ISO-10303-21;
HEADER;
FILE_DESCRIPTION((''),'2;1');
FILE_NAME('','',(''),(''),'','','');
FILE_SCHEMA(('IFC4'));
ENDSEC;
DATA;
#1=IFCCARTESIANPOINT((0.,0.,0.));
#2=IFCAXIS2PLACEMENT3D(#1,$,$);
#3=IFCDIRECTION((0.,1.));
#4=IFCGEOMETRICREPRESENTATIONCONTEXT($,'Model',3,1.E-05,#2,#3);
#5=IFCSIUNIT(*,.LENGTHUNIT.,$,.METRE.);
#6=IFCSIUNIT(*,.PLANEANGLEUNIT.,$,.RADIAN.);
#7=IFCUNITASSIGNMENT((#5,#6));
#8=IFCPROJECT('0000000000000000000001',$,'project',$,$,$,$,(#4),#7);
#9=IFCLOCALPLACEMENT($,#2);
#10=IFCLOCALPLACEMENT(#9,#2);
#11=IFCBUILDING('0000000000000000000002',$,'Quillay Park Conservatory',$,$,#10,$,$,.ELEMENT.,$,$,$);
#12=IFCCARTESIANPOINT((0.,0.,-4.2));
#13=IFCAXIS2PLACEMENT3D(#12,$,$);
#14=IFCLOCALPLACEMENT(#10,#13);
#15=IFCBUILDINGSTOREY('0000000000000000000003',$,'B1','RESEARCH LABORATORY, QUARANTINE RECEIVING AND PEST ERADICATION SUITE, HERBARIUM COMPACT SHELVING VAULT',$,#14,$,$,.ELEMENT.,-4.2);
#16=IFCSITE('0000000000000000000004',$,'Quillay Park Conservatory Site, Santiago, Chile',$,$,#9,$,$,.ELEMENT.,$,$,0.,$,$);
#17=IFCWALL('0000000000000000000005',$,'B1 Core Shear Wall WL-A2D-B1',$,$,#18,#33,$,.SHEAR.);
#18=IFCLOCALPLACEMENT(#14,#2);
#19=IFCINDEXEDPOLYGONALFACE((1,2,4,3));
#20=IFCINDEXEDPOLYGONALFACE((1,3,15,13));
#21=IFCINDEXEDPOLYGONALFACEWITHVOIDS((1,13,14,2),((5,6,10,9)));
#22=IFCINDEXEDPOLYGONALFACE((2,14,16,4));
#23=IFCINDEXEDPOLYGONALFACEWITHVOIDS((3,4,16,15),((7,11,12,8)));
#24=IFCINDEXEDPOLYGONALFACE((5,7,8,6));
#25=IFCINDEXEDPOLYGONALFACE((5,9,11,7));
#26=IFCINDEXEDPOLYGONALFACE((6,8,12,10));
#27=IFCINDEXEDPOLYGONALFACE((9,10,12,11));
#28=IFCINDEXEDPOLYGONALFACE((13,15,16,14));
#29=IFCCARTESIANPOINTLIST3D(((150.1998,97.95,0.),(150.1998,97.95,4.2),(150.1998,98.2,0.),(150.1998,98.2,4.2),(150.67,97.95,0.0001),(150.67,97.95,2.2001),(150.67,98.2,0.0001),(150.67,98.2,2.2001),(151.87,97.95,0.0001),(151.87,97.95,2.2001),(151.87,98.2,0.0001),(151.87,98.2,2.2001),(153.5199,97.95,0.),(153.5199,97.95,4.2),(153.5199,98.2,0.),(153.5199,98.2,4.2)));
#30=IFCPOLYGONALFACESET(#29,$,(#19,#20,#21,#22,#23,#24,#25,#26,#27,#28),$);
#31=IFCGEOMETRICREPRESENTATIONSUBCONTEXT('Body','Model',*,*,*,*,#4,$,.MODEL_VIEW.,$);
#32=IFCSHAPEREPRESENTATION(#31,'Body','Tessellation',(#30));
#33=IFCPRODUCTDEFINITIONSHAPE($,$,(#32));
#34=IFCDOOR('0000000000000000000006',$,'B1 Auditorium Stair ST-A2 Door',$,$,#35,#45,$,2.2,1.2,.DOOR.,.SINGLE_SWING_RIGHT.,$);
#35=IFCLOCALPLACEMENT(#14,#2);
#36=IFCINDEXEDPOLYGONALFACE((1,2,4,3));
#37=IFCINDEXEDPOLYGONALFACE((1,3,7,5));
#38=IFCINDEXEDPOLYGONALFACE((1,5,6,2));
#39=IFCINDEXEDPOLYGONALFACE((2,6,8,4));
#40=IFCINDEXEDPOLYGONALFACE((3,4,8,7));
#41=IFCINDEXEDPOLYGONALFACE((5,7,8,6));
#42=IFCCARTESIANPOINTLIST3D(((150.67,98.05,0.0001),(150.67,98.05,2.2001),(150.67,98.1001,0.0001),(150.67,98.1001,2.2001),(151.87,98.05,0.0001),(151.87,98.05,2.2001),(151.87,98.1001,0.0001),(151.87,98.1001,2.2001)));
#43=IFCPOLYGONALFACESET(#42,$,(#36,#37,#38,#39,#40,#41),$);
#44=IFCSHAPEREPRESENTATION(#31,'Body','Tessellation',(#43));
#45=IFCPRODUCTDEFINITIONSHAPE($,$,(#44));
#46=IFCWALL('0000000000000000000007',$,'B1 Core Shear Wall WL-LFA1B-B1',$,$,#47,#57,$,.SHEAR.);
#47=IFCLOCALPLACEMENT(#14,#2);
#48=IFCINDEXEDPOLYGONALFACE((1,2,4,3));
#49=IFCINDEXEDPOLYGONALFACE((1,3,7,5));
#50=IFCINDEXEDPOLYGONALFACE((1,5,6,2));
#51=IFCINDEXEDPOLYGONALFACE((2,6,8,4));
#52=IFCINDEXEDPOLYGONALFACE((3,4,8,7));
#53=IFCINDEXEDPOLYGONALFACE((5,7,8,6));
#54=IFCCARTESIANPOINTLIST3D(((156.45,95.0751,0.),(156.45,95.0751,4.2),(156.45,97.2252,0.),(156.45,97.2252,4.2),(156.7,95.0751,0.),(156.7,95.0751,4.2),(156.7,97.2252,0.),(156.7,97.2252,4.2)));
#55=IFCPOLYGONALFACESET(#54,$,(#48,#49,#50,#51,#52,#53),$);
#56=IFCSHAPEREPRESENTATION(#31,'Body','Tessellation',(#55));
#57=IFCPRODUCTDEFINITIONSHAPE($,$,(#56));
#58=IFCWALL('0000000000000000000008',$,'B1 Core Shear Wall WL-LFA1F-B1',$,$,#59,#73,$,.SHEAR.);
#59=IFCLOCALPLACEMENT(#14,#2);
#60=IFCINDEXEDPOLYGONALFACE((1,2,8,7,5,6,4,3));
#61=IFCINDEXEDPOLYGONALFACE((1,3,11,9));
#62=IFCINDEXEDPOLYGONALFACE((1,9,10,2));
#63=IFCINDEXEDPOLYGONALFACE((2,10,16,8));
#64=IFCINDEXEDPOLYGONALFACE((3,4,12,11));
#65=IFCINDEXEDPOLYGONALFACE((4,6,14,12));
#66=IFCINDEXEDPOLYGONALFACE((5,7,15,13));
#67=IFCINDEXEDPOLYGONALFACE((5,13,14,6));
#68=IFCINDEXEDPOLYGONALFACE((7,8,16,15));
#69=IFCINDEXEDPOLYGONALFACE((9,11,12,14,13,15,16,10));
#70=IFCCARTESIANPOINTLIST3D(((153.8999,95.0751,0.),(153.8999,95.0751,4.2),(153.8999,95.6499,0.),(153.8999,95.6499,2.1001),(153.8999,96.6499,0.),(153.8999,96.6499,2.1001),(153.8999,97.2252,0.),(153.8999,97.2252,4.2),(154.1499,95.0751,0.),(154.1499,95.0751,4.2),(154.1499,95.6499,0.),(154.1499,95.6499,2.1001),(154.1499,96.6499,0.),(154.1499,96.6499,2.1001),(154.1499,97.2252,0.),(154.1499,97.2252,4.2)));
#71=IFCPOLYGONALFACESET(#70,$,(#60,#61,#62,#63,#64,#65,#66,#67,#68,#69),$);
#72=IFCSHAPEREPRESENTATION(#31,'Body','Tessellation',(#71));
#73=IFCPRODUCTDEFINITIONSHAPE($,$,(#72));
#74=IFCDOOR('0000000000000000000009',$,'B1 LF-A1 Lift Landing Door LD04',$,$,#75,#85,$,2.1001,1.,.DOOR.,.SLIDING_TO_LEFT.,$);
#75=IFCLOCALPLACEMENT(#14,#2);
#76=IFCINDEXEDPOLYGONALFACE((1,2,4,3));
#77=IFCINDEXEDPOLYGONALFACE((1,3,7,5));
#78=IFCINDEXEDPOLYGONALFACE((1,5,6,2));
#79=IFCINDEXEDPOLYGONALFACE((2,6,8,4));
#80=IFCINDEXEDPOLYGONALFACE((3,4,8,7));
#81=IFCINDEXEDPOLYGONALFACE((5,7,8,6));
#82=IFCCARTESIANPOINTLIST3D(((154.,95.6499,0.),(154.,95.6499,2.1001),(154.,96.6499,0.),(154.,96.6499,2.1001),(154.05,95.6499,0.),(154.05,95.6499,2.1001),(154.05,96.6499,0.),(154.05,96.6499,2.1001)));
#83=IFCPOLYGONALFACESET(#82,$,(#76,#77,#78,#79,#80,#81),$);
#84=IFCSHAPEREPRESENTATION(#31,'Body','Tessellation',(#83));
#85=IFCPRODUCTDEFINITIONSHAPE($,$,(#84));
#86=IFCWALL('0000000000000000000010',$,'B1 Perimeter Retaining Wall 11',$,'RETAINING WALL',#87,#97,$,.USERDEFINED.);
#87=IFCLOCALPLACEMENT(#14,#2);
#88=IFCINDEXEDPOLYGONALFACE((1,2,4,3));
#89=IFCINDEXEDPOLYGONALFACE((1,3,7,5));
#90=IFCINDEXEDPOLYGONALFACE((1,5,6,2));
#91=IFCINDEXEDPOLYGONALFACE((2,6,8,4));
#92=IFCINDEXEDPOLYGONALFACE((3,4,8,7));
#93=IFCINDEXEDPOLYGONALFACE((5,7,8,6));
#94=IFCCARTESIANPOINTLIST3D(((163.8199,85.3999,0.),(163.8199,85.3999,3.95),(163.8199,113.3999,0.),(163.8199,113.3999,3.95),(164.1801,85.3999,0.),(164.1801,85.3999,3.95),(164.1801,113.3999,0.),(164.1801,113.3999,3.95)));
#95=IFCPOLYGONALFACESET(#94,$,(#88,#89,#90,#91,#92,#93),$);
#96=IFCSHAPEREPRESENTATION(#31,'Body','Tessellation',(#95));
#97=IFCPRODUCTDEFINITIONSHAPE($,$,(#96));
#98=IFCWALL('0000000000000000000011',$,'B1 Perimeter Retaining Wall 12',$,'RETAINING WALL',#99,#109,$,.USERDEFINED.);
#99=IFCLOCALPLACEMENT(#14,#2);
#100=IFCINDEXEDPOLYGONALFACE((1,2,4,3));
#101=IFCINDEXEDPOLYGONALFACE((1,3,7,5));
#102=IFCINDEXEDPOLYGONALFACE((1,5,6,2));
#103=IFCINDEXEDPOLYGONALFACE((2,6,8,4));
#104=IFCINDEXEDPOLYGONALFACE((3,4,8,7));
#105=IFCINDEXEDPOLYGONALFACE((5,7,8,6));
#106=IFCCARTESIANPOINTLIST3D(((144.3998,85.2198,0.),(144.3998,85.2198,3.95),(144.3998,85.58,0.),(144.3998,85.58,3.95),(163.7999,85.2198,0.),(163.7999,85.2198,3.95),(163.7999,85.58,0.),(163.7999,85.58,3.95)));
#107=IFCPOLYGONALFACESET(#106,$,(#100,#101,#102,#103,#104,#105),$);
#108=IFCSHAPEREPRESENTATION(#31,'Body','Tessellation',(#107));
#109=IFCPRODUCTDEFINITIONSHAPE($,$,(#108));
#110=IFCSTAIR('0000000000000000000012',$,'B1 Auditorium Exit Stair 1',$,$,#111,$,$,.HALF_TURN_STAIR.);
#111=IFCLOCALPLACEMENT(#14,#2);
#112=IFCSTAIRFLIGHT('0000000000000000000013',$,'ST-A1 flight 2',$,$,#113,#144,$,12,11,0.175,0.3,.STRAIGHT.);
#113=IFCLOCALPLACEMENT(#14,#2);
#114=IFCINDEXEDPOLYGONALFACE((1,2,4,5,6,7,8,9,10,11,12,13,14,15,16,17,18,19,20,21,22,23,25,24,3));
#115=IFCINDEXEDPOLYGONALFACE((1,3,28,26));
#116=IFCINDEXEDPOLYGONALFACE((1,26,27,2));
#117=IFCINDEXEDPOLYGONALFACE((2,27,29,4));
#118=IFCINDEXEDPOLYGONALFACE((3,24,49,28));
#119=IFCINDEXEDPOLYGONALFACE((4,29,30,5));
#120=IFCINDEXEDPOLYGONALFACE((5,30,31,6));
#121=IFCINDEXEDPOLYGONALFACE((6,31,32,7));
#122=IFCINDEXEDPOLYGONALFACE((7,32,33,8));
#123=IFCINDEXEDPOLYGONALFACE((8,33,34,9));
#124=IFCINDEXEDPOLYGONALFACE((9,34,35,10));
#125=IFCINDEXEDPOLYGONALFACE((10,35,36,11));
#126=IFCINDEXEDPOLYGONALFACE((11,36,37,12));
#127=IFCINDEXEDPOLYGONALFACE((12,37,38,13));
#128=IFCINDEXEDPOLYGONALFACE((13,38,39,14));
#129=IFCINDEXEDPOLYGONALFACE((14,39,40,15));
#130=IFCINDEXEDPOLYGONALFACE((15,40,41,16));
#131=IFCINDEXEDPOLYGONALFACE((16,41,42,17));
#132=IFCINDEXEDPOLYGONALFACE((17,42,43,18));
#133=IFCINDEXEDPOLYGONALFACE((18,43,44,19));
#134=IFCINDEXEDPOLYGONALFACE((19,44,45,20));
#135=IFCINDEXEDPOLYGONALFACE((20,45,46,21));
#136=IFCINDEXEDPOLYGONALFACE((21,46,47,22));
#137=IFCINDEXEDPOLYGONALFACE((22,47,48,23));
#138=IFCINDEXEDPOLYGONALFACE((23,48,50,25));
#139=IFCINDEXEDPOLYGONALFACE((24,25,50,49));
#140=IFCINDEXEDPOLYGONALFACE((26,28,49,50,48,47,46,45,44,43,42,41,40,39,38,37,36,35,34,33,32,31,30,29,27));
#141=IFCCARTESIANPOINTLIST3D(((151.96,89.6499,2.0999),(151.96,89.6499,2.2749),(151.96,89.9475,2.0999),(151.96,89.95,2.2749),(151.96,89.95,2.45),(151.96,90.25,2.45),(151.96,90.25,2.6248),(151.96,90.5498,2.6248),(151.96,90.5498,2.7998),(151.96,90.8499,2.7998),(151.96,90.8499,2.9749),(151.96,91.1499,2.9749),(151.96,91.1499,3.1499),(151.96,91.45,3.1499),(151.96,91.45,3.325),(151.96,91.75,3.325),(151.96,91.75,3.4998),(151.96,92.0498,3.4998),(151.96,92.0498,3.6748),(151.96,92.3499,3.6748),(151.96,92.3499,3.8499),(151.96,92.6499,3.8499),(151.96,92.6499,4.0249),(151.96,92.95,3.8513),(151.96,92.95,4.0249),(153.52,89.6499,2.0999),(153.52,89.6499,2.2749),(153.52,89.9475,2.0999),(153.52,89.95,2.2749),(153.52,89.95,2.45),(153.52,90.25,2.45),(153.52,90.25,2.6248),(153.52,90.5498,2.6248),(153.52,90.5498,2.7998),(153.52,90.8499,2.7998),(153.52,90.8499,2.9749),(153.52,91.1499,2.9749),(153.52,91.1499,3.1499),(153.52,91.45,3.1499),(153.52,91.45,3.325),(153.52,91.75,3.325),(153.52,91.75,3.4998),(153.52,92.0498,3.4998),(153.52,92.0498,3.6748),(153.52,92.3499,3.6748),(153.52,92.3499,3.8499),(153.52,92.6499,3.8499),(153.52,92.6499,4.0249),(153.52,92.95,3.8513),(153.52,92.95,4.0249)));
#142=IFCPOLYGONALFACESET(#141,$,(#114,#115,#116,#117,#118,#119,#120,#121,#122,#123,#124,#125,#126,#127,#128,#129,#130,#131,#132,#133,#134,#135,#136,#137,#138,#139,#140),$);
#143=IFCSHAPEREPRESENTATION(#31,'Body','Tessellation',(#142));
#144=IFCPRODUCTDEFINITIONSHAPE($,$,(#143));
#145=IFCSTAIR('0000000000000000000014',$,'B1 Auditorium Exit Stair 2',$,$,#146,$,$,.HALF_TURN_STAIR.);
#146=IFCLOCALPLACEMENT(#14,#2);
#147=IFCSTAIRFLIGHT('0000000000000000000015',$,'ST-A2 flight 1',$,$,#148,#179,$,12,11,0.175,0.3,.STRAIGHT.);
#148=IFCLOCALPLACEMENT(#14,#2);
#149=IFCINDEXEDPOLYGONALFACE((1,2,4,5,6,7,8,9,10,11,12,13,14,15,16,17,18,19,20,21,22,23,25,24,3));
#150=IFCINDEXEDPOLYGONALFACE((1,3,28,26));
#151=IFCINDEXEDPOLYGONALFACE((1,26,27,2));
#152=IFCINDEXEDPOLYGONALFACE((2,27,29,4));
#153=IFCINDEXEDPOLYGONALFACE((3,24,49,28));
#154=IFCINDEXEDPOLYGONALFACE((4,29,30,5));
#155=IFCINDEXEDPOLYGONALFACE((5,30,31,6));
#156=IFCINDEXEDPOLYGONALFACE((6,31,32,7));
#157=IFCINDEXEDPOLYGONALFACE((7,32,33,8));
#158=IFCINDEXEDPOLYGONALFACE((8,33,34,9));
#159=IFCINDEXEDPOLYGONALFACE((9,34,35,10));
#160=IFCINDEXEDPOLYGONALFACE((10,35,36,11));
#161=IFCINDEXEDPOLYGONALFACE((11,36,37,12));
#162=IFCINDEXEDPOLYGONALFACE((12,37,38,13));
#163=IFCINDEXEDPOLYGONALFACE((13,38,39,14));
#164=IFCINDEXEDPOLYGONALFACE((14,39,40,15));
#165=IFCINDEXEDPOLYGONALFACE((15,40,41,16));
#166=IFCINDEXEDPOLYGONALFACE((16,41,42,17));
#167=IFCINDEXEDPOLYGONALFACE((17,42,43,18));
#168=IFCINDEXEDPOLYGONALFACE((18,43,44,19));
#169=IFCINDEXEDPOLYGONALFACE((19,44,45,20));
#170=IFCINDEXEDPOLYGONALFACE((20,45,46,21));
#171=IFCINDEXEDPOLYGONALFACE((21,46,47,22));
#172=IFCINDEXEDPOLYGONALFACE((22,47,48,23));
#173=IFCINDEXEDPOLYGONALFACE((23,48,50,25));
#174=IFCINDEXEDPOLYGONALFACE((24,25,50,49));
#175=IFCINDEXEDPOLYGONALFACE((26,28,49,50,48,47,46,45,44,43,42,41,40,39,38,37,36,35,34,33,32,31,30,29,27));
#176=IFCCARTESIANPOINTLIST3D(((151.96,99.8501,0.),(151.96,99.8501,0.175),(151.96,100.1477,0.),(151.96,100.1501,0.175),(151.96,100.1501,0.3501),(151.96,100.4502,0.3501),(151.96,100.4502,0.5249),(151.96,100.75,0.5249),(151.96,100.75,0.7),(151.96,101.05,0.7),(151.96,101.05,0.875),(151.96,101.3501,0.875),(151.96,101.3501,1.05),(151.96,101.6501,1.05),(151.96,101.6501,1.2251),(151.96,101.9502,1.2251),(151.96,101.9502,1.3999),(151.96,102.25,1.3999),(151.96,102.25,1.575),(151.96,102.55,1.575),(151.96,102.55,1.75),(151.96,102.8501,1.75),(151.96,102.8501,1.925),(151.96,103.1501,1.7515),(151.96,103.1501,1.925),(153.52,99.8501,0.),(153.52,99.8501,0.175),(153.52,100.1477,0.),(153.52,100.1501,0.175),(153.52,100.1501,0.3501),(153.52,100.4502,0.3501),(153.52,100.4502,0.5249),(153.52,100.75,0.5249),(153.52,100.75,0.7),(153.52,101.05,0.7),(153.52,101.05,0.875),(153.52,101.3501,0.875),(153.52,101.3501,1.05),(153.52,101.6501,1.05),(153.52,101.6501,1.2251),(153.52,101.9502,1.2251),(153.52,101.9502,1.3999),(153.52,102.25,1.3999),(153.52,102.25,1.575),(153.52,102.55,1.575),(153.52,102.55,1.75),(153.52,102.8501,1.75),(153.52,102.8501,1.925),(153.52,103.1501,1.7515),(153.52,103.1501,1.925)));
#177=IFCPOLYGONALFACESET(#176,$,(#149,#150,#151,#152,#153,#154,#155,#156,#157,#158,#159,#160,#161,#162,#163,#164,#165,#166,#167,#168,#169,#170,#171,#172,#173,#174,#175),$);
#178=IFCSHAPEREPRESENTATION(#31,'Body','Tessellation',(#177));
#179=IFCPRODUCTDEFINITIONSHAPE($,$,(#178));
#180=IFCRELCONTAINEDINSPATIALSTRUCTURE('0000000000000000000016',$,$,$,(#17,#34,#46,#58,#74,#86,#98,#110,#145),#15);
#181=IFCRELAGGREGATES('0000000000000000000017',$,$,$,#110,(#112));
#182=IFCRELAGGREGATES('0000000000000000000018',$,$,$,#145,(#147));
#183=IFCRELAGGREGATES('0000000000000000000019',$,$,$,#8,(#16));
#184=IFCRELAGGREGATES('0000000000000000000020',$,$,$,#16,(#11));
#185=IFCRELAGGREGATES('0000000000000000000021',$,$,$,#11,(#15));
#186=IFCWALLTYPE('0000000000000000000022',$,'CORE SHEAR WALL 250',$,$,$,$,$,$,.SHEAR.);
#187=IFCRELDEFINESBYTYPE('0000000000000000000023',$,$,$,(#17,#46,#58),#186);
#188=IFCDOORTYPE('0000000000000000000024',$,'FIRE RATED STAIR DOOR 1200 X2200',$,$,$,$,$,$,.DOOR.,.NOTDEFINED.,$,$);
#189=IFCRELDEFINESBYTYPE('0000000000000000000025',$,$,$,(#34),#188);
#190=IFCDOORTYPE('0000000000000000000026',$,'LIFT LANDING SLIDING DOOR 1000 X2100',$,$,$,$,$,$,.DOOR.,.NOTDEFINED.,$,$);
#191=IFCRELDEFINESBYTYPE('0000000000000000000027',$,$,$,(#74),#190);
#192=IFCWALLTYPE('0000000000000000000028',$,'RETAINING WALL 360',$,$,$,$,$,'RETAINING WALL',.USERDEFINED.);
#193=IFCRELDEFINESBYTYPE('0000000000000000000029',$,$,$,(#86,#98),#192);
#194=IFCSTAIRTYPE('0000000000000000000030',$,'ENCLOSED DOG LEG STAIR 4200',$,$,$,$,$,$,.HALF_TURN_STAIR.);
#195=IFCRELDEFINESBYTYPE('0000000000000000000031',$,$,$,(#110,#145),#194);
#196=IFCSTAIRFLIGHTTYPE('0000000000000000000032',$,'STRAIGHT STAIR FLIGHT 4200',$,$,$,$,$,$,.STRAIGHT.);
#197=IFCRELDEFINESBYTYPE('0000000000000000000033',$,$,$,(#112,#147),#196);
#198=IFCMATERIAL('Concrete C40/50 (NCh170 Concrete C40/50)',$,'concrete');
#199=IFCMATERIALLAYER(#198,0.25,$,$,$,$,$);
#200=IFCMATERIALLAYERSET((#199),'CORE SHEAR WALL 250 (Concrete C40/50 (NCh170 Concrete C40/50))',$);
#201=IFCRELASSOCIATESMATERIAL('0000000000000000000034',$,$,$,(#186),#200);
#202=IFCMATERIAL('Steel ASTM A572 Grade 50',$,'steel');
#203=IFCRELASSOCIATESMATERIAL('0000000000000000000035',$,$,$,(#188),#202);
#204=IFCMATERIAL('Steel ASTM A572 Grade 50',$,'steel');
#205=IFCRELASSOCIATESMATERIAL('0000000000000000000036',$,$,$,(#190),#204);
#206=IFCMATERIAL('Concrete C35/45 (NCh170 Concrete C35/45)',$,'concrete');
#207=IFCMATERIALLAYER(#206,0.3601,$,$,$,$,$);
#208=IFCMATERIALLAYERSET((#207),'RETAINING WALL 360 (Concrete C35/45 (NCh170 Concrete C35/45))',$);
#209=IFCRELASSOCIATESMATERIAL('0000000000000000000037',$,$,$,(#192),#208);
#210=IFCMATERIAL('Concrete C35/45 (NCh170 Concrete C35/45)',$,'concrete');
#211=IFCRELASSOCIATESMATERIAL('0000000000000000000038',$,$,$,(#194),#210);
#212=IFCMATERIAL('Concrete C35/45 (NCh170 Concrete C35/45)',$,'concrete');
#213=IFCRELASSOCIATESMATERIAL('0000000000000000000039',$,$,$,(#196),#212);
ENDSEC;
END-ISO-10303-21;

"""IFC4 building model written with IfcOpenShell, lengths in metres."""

from ifc_helpers import new_model, si_unit, direction, frame, frame_2d, origin, place, context, subcontext, project, spatial, polyline, rectangle, outline, extrude, material, layer, layer_set, type_object, element, fill, aggregate, save


model = new_model("IFC4")

# Units and contexts
model_context = context("Model", 3, precision=1e-05, world=origin(), true_north=direction((0.0, 1.0)))
body_context = subcontext(model_context, "Body", "Model", "MODEL_VIEW")
ifc_project = project(units=[si_unit("LENGTHUNIT", "METRE"), si_unit("PLANEANGLEUNIT", "RADIAN")], contexts=[model_context])

# Site, building, storey
site_placement = place(None, origin())
site = spatial("IfcSite", under=ifc_project, at=site_placement, Name="Quillay Park Conservatory Site, Santiago, Chile", CompositionType="ELEMENT", RefElevation=0.0)
building_placement = place(site_placement, origin())
building = spatial("IfcBuilding", under=site, at=building_placement, Name="Quillay Park Conservatory", CompositionType="ELEMENT")
storey_placement = place(building_placement, frame((0.0, 0.0, -4.2)))
storey = spatial("IfcBuildingStorey", under=building, at=storey_placement, Name="B1", Description="RESEARCH LABORATORY, QUARANTINE RECEIVING AND PEST ERADICATION SUITE, HERBARIUM COMPACT SHELVING VAULT", CompositionType="ELEMENT", Elevation=-4.2)

# Shared definitions
ifc_material_1 = material(Name="Concrete C40/50 (NCh170 Concrete C40/50)", Category="concrete")
ifc_layer_1 = layer(ifc_material_1, 0.25)
ifc_layer_set_1 = layer_set([ifc_layer_1], Name="CORE SHEAR WALL 250 (Concrete C40/50 (NCh170 Concrete C40/50))")
wall_type_1 = type_object("IfcWallType", Name="CORE SHEAR WALL 250", PredefinedType="SHEAR", material=ifc_layer_set_1)

# Wall, opening, door
wall_1_placement = place(storey_placement, frame((153.52, 98.075, 0.0), z_axis=(0.0, 0.0, 1.0), x_axis=(-1.0, 0.0, 0.0)))
wall_1 = element("IfcWall", 1, at=wall_1_placement, inside=storey, type_object=wall_type_1, Name="B1 Core Shear Wall WL-A2D-B1", PredefinedType="SHEAR", context=body_context, shape_type="SweptSolid", body=[
    extrude(rectangle(XDim=3.3201, YDim=0.25, at=frame_2d((1.6602, 0.0))), origin(), (0.0, 0.0, 1.0), 4.2),
])
opening_1_placement = place(wall_1_placement, frame((1.6499, 0.0, 0.0)))
opening_1 = element("IfcOpeningElement", 2, at=opening_1_placement, cuts=wall_1, PredefinedType="OPENING", context=body_context, shape_type="SweptSolid", body=[
    extrude(rectangle(XDim=1.2, YDim=2.2, at=frame_2d((0.6001, 1.1001))), frame((0.0, 0.125, 0.0), z_axis=(0.0, -1.0, 0.0), x_axis=(1.0, 0.0, 0.0)), (0.0, 0.0, 1.0), 0.25),
])
ifc_material_2 = material(Name="Steel ASTM A572 Grade 50", Category="steel")
door_type_1 = type_object("IfcDoorType", Name="FIRE RATED STAIR DOOR 1200 X2200", OperationType="NOTDEFINED", PredefinedType="DOOR", material=ifc_material_2)
door_1_placement = place(opening_1_placement, origin())
door_1 = element("IfcDoor", 3, at=door_1_placement, inside=storey, type_object=door_type_1, Name="B1 Auditorium Stair ST-A2 Door", OperationType="SINGLE_SWING_RIGHT", OverallHeight=2.2, OverallWidth=1.2, PredefinedType="DOOR", context=body_context, shape_type="SweptSolid", body=[
    extrude(rectangle(XDim=1.2, YDim=2.2, at=frame_2d((0.6001, 1.1001))), frame((0.0, 0.0249, 0.0), z_axis=(0.0, -1.0, 0.0), x_axis=(1.0, 0.0, 0.0)), (0.0, 0.0, 1.0), 0.05),
])
fill(opening_1, door_1)

# Wall
wall_2_placement = place(storey_placement, frame((156.575, 95.075, 0.0), z_axis=(0.0, 0.0, 1.0), x_axis=(0.0, 1.0, 0.0)))
element("IfcWall", 4, at=wall_2_placement, inside=storey, type_object=wall_type_1, Name="B1 Core Shear Wall WL-LFA1B-B1", PredefinedType="SHEAR", context=body_context, shape_type="SweptSolid", body=[
    extrude(rectangle(XDim=2.1501, YDim=0.25, at=frame_2d((1.0752, 0.0))), origin(), (0.0, 0.0, 1.0), 4.2),
])

# Wall, opening, door
wall_3_placement = place(storey_placement, frame((154.0249, 95.075, 0.0), z_axis=(0.0, 0.0, 1.0), x_axis=(0.0, 1.0, 0.0)))
wall_3 = element("IfcWall", 5, at=wall_3_placement, inside=storey, type_object=wall_type_1, Name="B1 Core Shear Wall WL-LFA1F-B1", PredefinedType="SHEAR", context=body_context, shape_type="SweptSolid", body=[
    extrude(rectangle(XDim=2.1501, YDim=0.25, at=frame_2d((1.0752, 0.0))), origin(), (0.0, 0.0, 1.0), 4.2),
])
opening_2_placement = place(wall_3_placement, frame((0.575, 0.0, 0.0)))
opening_2 = element("IfcOpeningElement", 6, at=opening_2_placement, cuts=wall_3, PredefinedType="OPENING", context=body_context, shape_type="SweptSolid", body=[
    extrude(rectangle(XDim=1.0, YDim=2.1001, at=frame_2d((0.5, 1.05))), frame((0.0, 0.125, 0.0), z_axis=(0.0, -1.0, 0.0), x_axis=(1.0, 0.0, 0.0)), (0.0, 0.0, 1.0), 0.25),
])
ifc_material_3 = material(Name="Steel ASTM A572 Grade 50", Category="steel")
door_type_2 = type_object("IfcDoorType", Name="LIFT LANDING SLIDING DOOR 1000 X2100", OperationType="NOTDEFINED", PredefinedType="DOOR", material=ifc_material_3)
door_2_placement = place(opening_2_placement, origin())
door_2 = element("IfcDoor", 7, at=door_2_placement, inside=storey, type_object=door_type_2, Name="B1 LF-A1 Lift Landing Door LD04", OperationType="SLIDING_TO_LEFT", OverallHeight=2.1001, OverallWidth=1.0, PredefinedType="DOOR", context=body_context, shape_type="SweptSolid", body=[
    extrude(rectangle(XDim=1.0, YDim=2.1001, at=frame_2d((0.5, 1.05))), frame((0.0, 0.0249, 0.0), z_axis=(0.0, -1.0, 0.0), x_axis=(1.0, 0.0, 0.0)), (0.0, 0.0, 1.0), 0.05),
])
fill(opening_2, door_2)

# Walls
ifc_material_4 = material(Name="Concrete C35/45 (NCh170 Concrete C35/45)", Category="concrete")
ifc_layer_2 = layer(ifc_material_4, 0.3601)
ifc_layer_set_2 = layer_set([ifc_layer_2], Name="RETAINING WALL 360 (Concrete C35/45 (NCh170 Concrete C35/45))")
wall_type_2 = type_object("IfcWallType", Name="RETAINING WALL 360", ElementType="RETAINING WALL", PredefinedType="USERDEFINED", material=ifc_layer_set_2)
wall_4_placement = place(storey_placement, frame((164.0, 113.3999, 0.0), z_axis=(0.0, 0.0, 1.0), x_axis=(0.0, -1.0, 0.0)))
element("IfcWall", 8, at=wall_4_placement, inside=storey, type_object=wall_type_2, Name="B1 Perimeter Retaining Wall 11", ObjectType="RETAINING WALL", PredefinedType="USERDEFINED", context=body_context, shape_type="SweptSolid", body=[
    extrude(rectangle(XDim=28.0, YDim=0.3601, at=frame_2d((14.0, 0.0))), origin(), (0.0, 0.0, 1.0), 3.95),
])
wall_5_placement = place(storey_placement, frame((163.8, 85.3999, 0.0), z_axis=(0.0, 0.0, 1.0), x_axis=(-1.0, 0.0, 0.0)))
element("IfcWall", 9, at=wall_5_placement, inside=storey, type_object=wall_type_2, Name="B1 Perimeter Retaining Wall 12", ObjectType="RETAINING WALL", PredefinedType="USERDEFINED", context=body_context, shape_type="SweptSolid", body=[
    extrude(rectangle(XDim=19.4001, YDim=0.3601, at=frame_2d((9.7002, 0.0))), origin(), (0.0, 0.0, 1.0), 3.95),
])

# Stairs, stair flights
ifc_material_5 = material(Name="Concrete C35/45 (NCh170 Concrete C35/45)", Category="concrete")
stair_type = type_object("IfcStairType", Name="ENCLOSED DOG LEG STAIR 4200", PredefinedType="HALF_TURN_STAIR", material=ifc_material_5)
stair_1_placement = place(storey_placement, origin())
stair_1 = element("IfcStair", 10, at=stair_1_placement, inside=storey, type_object=stair_type, Name="B1 Auditorium Exit Stair 1", PredefinedType="HALF_TURN_STAIR")
ifc_material_6 = material(Name="Concrete C35/45 (NCh170 Concrete C35/45)", Category="concrete")
stair_flight_type = type_object("IfcStairFlightType", Name="STRAIGHT STAIR FLIGHT 4200", PredefinedType="STRAIGHT", material=ifc_material_6)
stair_flight_1_placement = place(storey_placement, frame((152.74, 89.6499, 2.0999), z_axis=(0.0, 0.0, 1.0), x_axis=(0.0, 1.0, 0.0)))
stair_flight_1 = element("IfcStairFlight", 11, at=stair_flight_1_placement, type_object=stair_flight_type, Name="ST-A1 flight 2", NumberOfRisers=12, NumberOfTreads=11, PredefinedType="STRAIGHT", RiserHeight=0.175, TreadLength=0.3, context=body_context, shape_type="SweptSolid", body=[
    extrude(outline(polyline([(0.0, 0.0), (0.0, 0.175), (0.3, 0.175), (0.3, 0.3501), (0.6001, 0.3501), (0.6001, 0.5249), (0.8999, 0.5249), (0.8999, 0.7), (1.2, 0.7), (1.2, 0.875), (1.5, 0.875), (1.5, 1.05), (1.8, 1.05), (1.8, 1.2251), (2.1001, 1.2251), (2.1001, 1.3999), (2.3999, 1.3999), (2.3999, 1.575), (2.7, 1.575), (2.7, 1.75), (3.0, 1.75), (3.0, 1.925), (3.3, 1.925), (3.3, 2.1001), (3.3, 1.7515), (0.2976, 0.0), (0.0, 0.0)])), frame((0.0, 0.78, 0.0), z_axis=(0.0, -1.0, 0.0), x_axis=(1.0, 0.0, 0.0)), (0.0, 0.0, 1.0), 1.5601),
])
aggregate(stair_1, [stair_flight_1])
stair_2_placement = place(storey_placement, origin())
stair_2 = element("IfcStair", 12, at=stair_2_placement, inside=storey, type_object=stair_type, Name="B1 Auditorium Exit Stair 2", PredefinedType="HALF_TURN_STAIR")
stair_flight_2_placement = place(storey_placement, frame((152.74, 99.8501, 0.0), z_axis=(0.0, 0.0, 1.0), x_axis=(0.0, 1.0, 0.0)))
stair_flight_2 = element("IfcStairFlight", 13, at=stair_flight_2_placement, type_object=stair_flight_type, Name="ST-A2 flight 1", NumberOfRisers=12, NumberOfTreads=11, PredefinedType="STRAIGHT", RiserHeight=0.175, TreadLength=0.3, context=body_context, shape_type="SweptSolid", body=[
    extrude(outline(polyline([(0.0, 0.0), (0.0, 0.175), (0.3, 0.175), (0.3, 0.3501), (0.6001, 0.3501), (0.6001, 0.5249), (0.8999, 0.5249), (0.8999, 0.7), (1.2, 0.7), (1.2, 0.875), (1.5, 0.875), (1.5, 1.05), (1.8, 1.05), (1.8, 1.2251), (2.1001, 1.2251), (2.1001, 1.3999), (2.3999, 1.3999), (2.3999, 1.575), (2.7, 1.575), (2.7, 1.75), (3.0, 1.75), (3.0, 1.925), (3.3, 1.925), (3.3, 2.1001), (3.3, 1.7515), (0.2976, 0.0), (0.0, 0.0)])), frame((0.0, 0.78, 0.0), z_axis=(0.0, -1.0, 0.0), x_axis=(1.0, 0.0, 0.0)), (0.0, 0.0, 1.0), 1.5601),
])
aggregate(stair_2, [stair_flight_2])

save(model, "model.ifc")
